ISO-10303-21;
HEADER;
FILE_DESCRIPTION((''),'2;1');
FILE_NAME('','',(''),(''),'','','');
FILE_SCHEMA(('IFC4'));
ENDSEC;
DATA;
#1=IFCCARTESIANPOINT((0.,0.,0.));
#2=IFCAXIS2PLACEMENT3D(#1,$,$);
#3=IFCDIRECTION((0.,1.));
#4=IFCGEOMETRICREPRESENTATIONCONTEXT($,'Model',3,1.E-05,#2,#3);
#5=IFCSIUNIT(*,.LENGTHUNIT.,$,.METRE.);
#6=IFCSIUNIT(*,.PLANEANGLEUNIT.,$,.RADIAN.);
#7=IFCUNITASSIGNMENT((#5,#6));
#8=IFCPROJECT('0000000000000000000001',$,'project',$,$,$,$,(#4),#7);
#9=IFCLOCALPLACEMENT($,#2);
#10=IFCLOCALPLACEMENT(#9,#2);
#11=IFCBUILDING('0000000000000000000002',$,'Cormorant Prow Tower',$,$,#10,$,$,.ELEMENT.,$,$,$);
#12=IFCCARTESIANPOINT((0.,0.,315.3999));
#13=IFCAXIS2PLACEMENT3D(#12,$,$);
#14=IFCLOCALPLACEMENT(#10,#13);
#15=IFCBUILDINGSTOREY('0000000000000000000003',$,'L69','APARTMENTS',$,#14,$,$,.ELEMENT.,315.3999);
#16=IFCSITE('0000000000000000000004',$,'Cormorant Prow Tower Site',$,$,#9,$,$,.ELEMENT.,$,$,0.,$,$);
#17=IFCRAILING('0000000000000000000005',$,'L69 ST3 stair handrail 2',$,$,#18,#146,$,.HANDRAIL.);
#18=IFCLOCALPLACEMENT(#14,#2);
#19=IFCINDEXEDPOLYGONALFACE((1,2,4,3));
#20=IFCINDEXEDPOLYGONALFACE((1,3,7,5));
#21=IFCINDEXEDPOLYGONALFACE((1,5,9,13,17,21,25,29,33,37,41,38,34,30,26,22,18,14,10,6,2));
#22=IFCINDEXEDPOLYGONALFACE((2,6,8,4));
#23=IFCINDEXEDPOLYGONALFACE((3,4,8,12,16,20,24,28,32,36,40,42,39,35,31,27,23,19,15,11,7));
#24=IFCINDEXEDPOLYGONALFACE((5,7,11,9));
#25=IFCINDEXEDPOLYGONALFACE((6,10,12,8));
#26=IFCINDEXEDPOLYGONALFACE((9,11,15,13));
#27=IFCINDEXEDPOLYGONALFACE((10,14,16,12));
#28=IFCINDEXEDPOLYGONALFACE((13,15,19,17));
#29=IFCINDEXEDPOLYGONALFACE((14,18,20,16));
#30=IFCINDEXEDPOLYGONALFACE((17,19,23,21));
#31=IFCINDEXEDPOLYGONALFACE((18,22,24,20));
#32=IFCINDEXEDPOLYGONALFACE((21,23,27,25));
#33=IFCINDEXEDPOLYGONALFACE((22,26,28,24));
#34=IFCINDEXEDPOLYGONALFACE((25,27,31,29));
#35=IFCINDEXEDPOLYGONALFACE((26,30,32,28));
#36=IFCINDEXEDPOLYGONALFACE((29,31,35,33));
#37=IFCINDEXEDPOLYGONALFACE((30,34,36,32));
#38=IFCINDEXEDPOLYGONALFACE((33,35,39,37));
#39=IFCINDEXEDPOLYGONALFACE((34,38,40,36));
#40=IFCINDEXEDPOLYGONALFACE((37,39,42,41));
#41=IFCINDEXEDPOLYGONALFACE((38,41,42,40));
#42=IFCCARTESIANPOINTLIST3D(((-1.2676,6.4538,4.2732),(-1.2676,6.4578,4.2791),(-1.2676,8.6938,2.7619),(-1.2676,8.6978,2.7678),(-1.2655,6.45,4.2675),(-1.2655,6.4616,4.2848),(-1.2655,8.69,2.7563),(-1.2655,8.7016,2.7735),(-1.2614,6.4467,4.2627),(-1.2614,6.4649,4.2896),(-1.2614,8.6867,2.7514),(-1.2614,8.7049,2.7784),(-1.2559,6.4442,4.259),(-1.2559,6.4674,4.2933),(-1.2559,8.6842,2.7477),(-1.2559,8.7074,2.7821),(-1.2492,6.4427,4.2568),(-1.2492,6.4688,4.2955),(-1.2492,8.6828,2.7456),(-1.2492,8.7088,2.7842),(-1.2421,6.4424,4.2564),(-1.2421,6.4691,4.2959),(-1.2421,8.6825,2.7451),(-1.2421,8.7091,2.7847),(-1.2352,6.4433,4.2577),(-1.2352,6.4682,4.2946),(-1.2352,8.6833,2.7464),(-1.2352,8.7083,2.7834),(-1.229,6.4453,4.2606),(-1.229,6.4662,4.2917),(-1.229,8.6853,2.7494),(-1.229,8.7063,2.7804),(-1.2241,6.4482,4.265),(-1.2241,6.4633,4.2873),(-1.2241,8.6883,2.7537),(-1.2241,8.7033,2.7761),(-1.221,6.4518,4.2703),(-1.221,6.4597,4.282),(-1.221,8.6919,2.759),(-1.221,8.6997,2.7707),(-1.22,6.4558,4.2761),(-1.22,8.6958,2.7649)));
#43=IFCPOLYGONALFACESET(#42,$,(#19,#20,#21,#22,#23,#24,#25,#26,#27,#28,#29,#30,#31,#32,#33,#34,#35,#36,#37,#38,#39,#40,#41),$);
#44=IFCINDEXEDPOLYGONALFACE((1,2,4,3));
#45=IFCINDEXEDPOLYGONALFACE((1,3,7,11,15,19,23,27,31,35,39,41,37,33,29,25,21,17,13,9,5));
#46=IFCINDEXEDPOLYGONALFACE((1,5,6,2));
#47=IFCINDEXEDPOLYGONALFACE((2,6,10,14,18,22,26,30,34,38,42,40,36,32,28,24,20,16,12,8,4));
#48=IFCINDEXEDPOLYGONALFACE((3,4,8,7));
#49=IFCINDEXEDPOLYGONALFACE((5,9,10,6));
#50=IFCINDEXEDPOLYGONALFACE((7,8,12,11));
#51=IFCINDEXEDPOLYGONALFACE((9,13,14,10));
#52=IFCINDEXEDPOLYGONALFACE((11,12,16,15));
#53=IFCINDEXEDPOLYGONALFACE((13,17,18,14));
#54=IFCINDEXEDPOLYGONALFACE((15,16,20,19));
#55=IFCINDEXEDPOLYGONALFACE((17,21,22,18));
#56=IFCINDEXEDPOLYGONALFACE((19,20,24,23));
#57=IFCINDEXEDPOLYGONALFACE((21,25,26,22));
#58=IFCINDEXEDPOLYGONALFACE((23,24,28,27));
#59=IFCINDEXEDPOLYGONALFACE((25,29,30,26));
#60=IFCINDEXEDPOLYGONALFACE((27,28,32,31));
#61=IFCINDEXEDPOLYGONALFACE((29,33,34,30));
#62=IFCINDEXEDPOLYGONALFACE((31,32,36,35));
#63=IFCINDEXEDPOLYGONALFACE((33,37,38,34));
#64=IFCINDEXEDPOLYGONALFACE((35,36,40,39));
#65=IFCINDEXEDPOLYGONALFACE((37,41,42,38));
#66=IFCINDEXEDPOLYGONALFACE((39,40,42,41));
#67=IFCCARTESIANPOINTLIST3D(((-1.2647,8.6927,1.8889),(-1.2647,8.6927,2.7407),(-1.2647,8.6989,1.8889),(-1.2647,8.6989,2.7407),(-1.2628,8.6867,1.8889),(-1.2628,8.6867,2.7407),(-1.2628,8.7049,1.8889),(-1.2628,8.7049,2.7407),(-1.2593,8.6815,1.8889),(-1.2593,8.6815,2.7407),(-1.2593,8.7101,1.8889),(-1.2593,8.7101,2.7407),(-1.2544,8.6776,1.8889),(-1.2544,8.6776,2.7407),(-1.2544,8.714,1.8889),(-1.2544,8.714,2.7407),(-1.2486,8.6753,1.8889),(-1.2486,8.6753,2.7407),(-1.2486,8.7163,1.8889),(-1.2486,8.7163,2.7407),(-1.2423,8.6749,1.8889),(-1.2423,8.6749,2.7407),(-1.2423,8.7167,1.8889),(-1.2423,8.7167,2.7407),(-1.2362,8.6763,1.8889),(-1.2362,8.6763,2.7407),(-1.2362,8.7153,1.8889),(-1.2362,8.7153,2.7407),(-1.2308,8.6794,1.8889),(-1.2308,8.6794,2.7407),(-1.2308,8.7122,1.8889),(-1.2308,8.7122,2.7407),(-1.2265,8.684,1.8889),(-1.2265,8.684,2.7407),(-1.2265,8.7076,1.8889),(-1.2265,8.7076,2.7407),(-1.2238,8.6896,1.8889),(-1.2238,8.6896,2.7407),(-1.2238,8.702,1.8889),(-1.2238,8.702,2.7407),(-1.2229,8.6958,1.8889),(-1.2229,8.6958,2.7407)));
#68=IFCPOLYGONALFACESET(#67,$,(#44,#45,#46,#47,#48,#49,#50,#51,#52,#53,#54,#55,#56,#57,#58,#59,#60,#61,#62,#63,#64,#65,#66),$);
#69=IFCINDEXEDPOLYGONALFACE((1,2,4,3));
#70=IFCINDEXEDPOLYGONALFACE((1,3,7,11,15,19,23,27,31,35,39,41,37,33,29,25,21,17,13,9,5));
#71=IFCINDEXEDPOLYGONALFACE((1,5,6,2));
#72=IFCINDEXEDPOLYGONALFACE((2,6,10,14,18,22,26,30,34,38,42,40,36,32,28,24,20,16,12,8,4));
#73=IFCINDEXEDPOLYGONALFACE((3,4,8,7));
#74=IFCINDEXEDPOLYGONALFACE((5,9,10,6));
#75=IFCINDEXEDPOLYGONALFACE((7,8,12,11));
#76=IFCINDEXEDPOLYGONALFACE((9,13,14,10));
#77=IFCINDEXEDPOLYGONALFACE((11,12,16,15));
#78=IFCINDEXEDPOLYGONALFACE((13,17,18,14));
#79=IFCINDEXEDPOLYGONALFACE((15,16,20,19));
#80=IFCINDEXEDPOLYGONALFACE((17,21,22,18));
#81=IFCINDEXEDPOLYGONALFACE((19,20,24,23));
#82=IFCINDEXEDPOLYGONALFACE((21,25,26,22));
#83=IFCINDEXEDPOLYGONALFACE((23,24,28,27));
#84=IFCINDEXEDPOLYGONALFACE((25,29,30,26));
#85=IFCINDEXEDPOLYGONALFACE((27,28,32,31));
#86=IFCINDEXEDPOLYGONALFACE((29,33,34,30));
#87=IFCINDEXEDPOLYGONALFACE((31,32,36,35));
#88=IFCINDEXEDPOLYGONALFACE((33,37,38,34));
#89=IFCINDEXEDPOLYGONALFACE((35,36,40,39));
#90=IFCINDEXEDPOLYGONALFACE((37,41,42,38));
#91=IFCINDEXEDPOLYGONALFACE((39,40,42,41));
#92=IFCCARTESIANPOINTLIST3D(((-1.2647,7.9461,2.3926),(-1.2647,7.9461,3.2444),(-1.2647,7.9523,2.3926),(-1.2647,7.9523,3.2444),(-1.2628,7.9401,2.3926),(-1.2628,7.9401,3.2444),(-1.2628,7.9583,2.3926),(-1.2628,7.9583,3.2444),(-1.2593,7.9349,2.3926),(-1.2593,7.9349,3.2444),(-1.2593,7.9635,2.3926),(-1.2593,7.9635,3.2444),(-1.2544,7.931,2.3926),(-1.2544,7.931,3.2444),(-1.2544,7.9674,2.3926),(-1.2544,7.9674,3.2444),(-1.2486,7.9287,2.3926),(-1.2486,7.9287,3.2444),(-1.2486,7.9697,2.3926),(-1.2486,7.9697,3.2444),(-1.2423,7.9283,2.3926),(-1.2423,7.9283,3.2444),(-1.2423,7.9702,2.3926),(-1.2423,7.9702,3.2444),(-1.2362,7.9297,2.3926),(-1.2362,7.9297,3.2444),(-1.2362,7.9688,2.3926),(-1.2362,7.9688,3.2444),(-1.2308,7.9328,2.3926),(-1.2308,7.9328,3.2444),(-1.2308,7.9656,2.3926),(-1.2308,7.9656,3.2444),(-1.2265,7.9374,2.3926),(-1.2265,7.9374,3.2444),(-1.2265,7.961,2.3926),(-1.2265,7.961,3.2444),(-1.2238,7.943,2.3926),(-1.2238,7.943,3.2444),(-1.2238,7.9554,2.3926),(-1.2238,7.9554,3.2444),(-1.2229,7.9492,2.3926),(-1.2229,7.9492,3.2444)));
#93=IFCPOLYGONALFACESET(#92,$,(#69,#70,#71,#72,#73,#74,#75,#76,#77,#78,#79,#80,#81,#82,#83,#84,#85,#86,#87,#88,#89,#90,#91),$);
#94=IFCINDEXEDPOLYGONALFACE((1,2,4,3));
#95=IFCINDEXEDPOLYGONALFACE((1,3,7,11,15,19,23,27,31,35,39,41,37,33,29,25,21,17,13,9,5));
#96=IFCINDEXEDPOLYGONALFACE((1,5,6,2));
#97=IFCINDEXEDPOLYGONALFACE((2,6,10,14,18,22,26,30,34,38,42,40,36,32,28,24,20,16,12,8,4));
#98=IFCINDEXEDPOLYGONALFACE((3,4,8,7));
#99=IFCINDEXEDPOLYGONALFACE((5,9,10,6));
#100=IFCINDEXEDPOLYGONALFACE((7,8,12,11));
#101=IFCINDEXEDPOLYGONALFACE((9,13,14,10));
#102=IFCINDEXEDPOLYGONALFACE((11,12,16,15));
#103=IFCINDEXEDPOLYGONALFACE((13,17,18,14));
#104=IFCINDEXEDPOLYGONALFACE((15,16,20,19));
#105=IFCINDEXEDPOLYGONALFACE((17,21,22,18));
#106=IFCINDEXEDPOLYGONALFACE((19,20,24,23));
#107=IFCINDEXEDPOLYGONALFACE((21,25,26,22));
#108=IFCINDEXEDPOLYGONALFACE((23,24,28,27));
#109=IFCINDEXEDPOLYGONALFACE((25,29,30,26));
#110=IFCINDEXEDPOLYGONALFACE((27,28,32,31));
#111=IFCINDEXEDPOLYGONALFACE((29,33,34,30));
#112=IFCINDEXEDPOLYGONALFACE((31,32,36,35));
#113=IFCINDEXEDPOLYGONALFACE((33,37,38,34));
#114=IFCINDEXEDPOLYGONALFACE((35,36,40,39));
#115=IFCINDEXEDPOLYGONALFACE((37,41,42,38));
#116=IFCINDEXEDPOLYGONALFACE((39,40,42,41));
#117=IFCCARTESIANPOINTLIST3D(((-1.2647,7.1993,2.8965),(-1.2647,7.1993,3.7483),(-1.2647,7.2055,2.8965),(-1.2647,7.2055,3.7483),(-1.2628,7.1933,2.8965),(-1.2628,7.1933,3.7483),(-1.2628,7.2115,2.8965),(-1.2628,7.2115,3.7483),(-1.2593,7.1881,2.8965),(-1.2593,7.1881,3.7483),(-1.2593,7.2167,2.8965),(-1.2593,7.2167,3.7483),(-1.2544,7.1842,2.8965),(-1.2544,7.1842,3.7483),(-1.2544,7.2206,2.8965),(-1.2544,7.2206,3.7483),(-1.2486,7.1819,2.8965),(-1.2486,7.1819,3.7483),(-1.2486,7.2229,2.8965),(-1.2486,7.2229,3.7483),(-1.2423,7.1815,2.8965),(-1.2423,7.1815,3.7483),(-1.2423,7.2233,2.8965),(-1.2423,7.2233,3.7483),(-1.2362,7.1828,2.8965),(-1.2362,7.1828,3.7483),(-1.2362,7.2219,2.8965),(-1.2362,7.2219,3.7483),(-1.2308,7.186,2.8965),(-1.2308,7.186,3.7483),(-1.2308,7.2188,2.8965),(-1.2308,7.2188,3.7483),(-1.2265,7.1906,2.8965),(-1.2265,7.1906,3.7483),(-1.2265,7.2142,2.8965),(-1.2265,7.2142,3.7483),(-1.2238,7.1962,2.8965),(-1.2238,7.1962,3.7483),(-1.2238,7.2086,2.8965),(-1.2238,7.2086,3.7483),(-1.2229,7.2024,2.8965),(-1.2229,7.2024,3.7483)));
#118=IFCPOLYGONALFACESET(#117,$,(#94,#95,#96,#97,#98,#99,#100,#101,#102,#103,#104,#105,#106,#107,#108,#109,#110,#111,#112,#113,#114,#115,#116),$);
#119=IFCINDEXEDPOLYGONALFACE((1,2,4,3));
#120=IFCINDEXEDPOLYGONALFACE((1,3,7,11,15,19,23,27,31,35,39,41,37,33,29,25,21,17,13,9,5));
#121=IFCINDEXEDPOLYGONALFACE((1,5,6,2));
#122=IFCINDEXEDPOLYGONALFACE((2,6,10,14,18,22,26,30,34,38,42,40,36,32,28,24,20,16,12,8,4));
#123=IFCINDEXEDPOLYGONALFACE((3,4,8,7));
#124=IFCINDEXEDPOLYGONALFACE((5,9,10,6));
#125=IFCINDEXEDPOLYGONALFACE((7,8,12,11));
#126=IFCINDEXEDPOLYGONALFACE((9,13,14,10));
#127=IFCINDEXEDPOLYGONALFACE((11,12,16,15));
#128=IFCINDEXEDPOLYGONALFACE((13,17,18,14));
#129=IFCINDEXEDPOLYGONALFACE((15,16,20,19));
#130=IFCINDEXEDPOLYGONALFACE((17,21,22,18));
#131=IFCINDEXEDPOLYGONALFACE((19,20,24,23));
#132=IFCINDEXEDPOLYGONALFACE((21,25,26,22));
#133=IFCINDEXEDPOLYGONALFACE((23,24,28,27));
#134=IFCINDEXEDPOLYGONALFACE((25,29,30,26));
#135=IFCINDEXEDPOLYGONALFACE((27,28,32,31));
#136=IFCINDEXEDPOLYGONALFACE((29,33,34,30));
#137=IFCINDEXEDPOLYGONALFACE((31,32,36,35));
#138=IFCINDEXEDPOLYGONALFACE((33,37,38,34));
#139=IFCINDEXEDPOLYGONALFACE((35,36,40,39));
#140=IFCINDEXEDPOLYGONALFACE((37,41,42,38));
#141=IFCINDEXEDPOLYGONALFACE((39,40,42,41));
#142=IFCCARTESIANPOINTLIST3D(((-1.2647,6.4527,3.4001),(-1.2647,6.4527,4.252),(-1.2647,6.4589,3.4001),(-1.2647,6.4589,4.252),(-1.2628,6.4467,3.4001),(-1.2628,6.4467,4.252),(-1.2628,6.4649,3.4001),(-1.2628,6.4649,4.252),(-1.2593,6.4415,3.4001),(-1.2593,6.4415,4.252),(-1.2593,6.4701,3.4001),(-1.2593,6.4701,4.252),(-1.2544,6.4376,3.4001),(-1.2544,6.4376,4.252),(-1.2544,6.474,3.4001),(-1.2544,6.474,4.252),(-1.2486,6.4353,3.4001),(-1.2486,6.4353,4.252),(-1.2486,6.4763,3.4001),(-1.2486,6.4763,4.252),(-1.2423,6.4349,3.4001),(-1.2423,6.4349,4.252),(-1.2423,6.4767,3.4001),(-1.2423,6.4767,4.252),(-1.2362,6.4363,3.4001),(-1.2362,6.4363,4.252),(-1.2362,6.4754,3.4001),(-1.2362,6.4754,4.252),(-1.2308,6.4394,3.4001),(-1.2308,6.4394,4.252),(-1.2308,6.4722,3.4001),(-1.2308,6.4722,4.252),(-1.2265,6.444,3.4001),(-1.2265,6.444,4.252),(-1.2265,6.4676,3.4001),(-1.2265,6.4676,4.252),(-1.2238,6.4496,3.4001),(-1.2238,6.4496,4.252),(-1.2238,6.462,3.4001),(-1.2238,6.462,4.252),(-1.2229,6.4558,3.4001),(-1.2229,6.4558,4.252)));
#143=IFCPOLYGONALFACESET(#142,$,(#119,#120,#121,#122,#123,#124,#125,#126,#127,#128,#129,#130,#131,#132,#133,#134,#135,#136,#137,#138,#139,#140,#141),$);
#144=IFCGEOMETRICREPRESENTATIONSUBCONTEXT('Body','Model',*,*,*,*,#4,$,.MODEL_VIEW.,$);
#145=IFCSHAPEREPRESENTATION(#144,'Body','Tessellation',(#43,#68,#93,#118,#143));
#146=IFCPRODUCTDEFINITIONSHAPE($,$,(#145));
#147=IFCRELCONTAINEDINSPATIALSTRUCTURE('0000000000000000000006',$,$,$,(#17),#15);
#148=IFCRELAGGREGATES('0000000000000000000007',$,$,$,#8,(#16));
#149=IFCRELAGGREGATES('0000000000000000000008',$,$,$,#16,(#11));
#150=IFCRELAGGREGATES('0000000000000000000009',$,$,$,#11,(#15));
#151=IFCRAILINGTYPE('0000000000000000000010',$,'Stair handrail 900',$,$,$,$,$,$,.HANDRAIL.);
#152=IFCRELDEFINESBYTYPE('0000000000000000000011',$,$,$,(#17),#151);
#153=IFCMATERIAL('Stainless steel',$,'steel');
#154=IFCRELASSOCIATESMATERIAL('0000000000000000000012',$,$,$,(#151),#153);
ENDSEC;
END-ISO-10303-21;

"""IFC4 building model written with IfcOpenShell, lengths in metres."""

from ifc_helpers import new_model, si_unit, direction, frame, origin, origin_2d, place, context, subcontext, project, spatial, circle, extrude, material, type_object, element, save


model = new_model("IFC4")

# Units and contexts
model_context = context("Model", 3, precision=1e-05, world=origin(), true_north=direction((0.0, 1.0)))
body_context = subcontext(model_context, "Body", "Model", "MODEL_VIEW")
ifc_project = project(units=[si_unit("LENGTHUNIT", "METRE"), si_unit("PLANEANGLEUNIT", "RADIAN")], contexts=[model_context])

# Site, building, storey
site_placement = place(None, origin())
site = spatial("IfcSite", under=ifc_project, at=site_placement, Name="Cormorant Prow Tower Site", CompositionType="ELEMENT", RefElevation=0.0)
building_placement = place(site_placement, origin())
building = spatial("IfcBuilding", under=site, at=building_placement, Name="Cormorant Prow Tower", CompositionType="ELEMENT")
storey_placement = place(building_placement, frame((0.0, 0.0, 315.3999)))
storey = spatial("IfcBuildingStorey", under=building, at=storey_placement, Name="L69", Description="APARTMENTS", CompositionType="ELEMENT", Elevation=315.3999)

# Railing
ifc_material_1 = material(Name="Stainless steel", Category="steel")
railing_type = type_object("IfcRailingType", Name="Stair handrail 900", PredefinedType="HANDRAIL", material=ifc_material_1)
railing_placement = place(storey_placement, frame((-1.2439, 8.6958, 1.8889)))
element("IfcRailing", 1, at=railing_placement, inside=storey, type_object=railing_type, Name="L69 ST3 stair handrail 2", PredefinedType="HANDRAIL", context=body_context, shape_type="SweptSolid", body=[
    extrude(circle(Radius=0.0239, at=origin_2d()), frame((0.0, 0.0, 0.876), z_axis=(0.0, -0.82898, 0.559279), x_axis=(1.0, 0.0, 0.0)), (0.0, 0.0, 1.0), 2.7021),
    extrude(circle(Radius=0.021, at=origin_2d()), origin(), (0.0, 0.0, 1.0), 0.8518),
    extrude(circle(Radius=0.021, at=origin_2d()), frame((0.0, -0.7466, 0.5037)), (0.0, 0.0, 1.0), 0.8518),
    extrude(circle(Radius=0.021, at=origin_2d()), frame((0.0, -1.4934, 1.0076)), (0.0, 0.0, 1.0), 0.8518),
    extrude(circle(Radius=0.021, at=origin_2d()), frame((0.0, -2.24, 1.5112)), (0.0, 0.0, 1.0), 0.8518),
])

save(model, "model.ifc")
